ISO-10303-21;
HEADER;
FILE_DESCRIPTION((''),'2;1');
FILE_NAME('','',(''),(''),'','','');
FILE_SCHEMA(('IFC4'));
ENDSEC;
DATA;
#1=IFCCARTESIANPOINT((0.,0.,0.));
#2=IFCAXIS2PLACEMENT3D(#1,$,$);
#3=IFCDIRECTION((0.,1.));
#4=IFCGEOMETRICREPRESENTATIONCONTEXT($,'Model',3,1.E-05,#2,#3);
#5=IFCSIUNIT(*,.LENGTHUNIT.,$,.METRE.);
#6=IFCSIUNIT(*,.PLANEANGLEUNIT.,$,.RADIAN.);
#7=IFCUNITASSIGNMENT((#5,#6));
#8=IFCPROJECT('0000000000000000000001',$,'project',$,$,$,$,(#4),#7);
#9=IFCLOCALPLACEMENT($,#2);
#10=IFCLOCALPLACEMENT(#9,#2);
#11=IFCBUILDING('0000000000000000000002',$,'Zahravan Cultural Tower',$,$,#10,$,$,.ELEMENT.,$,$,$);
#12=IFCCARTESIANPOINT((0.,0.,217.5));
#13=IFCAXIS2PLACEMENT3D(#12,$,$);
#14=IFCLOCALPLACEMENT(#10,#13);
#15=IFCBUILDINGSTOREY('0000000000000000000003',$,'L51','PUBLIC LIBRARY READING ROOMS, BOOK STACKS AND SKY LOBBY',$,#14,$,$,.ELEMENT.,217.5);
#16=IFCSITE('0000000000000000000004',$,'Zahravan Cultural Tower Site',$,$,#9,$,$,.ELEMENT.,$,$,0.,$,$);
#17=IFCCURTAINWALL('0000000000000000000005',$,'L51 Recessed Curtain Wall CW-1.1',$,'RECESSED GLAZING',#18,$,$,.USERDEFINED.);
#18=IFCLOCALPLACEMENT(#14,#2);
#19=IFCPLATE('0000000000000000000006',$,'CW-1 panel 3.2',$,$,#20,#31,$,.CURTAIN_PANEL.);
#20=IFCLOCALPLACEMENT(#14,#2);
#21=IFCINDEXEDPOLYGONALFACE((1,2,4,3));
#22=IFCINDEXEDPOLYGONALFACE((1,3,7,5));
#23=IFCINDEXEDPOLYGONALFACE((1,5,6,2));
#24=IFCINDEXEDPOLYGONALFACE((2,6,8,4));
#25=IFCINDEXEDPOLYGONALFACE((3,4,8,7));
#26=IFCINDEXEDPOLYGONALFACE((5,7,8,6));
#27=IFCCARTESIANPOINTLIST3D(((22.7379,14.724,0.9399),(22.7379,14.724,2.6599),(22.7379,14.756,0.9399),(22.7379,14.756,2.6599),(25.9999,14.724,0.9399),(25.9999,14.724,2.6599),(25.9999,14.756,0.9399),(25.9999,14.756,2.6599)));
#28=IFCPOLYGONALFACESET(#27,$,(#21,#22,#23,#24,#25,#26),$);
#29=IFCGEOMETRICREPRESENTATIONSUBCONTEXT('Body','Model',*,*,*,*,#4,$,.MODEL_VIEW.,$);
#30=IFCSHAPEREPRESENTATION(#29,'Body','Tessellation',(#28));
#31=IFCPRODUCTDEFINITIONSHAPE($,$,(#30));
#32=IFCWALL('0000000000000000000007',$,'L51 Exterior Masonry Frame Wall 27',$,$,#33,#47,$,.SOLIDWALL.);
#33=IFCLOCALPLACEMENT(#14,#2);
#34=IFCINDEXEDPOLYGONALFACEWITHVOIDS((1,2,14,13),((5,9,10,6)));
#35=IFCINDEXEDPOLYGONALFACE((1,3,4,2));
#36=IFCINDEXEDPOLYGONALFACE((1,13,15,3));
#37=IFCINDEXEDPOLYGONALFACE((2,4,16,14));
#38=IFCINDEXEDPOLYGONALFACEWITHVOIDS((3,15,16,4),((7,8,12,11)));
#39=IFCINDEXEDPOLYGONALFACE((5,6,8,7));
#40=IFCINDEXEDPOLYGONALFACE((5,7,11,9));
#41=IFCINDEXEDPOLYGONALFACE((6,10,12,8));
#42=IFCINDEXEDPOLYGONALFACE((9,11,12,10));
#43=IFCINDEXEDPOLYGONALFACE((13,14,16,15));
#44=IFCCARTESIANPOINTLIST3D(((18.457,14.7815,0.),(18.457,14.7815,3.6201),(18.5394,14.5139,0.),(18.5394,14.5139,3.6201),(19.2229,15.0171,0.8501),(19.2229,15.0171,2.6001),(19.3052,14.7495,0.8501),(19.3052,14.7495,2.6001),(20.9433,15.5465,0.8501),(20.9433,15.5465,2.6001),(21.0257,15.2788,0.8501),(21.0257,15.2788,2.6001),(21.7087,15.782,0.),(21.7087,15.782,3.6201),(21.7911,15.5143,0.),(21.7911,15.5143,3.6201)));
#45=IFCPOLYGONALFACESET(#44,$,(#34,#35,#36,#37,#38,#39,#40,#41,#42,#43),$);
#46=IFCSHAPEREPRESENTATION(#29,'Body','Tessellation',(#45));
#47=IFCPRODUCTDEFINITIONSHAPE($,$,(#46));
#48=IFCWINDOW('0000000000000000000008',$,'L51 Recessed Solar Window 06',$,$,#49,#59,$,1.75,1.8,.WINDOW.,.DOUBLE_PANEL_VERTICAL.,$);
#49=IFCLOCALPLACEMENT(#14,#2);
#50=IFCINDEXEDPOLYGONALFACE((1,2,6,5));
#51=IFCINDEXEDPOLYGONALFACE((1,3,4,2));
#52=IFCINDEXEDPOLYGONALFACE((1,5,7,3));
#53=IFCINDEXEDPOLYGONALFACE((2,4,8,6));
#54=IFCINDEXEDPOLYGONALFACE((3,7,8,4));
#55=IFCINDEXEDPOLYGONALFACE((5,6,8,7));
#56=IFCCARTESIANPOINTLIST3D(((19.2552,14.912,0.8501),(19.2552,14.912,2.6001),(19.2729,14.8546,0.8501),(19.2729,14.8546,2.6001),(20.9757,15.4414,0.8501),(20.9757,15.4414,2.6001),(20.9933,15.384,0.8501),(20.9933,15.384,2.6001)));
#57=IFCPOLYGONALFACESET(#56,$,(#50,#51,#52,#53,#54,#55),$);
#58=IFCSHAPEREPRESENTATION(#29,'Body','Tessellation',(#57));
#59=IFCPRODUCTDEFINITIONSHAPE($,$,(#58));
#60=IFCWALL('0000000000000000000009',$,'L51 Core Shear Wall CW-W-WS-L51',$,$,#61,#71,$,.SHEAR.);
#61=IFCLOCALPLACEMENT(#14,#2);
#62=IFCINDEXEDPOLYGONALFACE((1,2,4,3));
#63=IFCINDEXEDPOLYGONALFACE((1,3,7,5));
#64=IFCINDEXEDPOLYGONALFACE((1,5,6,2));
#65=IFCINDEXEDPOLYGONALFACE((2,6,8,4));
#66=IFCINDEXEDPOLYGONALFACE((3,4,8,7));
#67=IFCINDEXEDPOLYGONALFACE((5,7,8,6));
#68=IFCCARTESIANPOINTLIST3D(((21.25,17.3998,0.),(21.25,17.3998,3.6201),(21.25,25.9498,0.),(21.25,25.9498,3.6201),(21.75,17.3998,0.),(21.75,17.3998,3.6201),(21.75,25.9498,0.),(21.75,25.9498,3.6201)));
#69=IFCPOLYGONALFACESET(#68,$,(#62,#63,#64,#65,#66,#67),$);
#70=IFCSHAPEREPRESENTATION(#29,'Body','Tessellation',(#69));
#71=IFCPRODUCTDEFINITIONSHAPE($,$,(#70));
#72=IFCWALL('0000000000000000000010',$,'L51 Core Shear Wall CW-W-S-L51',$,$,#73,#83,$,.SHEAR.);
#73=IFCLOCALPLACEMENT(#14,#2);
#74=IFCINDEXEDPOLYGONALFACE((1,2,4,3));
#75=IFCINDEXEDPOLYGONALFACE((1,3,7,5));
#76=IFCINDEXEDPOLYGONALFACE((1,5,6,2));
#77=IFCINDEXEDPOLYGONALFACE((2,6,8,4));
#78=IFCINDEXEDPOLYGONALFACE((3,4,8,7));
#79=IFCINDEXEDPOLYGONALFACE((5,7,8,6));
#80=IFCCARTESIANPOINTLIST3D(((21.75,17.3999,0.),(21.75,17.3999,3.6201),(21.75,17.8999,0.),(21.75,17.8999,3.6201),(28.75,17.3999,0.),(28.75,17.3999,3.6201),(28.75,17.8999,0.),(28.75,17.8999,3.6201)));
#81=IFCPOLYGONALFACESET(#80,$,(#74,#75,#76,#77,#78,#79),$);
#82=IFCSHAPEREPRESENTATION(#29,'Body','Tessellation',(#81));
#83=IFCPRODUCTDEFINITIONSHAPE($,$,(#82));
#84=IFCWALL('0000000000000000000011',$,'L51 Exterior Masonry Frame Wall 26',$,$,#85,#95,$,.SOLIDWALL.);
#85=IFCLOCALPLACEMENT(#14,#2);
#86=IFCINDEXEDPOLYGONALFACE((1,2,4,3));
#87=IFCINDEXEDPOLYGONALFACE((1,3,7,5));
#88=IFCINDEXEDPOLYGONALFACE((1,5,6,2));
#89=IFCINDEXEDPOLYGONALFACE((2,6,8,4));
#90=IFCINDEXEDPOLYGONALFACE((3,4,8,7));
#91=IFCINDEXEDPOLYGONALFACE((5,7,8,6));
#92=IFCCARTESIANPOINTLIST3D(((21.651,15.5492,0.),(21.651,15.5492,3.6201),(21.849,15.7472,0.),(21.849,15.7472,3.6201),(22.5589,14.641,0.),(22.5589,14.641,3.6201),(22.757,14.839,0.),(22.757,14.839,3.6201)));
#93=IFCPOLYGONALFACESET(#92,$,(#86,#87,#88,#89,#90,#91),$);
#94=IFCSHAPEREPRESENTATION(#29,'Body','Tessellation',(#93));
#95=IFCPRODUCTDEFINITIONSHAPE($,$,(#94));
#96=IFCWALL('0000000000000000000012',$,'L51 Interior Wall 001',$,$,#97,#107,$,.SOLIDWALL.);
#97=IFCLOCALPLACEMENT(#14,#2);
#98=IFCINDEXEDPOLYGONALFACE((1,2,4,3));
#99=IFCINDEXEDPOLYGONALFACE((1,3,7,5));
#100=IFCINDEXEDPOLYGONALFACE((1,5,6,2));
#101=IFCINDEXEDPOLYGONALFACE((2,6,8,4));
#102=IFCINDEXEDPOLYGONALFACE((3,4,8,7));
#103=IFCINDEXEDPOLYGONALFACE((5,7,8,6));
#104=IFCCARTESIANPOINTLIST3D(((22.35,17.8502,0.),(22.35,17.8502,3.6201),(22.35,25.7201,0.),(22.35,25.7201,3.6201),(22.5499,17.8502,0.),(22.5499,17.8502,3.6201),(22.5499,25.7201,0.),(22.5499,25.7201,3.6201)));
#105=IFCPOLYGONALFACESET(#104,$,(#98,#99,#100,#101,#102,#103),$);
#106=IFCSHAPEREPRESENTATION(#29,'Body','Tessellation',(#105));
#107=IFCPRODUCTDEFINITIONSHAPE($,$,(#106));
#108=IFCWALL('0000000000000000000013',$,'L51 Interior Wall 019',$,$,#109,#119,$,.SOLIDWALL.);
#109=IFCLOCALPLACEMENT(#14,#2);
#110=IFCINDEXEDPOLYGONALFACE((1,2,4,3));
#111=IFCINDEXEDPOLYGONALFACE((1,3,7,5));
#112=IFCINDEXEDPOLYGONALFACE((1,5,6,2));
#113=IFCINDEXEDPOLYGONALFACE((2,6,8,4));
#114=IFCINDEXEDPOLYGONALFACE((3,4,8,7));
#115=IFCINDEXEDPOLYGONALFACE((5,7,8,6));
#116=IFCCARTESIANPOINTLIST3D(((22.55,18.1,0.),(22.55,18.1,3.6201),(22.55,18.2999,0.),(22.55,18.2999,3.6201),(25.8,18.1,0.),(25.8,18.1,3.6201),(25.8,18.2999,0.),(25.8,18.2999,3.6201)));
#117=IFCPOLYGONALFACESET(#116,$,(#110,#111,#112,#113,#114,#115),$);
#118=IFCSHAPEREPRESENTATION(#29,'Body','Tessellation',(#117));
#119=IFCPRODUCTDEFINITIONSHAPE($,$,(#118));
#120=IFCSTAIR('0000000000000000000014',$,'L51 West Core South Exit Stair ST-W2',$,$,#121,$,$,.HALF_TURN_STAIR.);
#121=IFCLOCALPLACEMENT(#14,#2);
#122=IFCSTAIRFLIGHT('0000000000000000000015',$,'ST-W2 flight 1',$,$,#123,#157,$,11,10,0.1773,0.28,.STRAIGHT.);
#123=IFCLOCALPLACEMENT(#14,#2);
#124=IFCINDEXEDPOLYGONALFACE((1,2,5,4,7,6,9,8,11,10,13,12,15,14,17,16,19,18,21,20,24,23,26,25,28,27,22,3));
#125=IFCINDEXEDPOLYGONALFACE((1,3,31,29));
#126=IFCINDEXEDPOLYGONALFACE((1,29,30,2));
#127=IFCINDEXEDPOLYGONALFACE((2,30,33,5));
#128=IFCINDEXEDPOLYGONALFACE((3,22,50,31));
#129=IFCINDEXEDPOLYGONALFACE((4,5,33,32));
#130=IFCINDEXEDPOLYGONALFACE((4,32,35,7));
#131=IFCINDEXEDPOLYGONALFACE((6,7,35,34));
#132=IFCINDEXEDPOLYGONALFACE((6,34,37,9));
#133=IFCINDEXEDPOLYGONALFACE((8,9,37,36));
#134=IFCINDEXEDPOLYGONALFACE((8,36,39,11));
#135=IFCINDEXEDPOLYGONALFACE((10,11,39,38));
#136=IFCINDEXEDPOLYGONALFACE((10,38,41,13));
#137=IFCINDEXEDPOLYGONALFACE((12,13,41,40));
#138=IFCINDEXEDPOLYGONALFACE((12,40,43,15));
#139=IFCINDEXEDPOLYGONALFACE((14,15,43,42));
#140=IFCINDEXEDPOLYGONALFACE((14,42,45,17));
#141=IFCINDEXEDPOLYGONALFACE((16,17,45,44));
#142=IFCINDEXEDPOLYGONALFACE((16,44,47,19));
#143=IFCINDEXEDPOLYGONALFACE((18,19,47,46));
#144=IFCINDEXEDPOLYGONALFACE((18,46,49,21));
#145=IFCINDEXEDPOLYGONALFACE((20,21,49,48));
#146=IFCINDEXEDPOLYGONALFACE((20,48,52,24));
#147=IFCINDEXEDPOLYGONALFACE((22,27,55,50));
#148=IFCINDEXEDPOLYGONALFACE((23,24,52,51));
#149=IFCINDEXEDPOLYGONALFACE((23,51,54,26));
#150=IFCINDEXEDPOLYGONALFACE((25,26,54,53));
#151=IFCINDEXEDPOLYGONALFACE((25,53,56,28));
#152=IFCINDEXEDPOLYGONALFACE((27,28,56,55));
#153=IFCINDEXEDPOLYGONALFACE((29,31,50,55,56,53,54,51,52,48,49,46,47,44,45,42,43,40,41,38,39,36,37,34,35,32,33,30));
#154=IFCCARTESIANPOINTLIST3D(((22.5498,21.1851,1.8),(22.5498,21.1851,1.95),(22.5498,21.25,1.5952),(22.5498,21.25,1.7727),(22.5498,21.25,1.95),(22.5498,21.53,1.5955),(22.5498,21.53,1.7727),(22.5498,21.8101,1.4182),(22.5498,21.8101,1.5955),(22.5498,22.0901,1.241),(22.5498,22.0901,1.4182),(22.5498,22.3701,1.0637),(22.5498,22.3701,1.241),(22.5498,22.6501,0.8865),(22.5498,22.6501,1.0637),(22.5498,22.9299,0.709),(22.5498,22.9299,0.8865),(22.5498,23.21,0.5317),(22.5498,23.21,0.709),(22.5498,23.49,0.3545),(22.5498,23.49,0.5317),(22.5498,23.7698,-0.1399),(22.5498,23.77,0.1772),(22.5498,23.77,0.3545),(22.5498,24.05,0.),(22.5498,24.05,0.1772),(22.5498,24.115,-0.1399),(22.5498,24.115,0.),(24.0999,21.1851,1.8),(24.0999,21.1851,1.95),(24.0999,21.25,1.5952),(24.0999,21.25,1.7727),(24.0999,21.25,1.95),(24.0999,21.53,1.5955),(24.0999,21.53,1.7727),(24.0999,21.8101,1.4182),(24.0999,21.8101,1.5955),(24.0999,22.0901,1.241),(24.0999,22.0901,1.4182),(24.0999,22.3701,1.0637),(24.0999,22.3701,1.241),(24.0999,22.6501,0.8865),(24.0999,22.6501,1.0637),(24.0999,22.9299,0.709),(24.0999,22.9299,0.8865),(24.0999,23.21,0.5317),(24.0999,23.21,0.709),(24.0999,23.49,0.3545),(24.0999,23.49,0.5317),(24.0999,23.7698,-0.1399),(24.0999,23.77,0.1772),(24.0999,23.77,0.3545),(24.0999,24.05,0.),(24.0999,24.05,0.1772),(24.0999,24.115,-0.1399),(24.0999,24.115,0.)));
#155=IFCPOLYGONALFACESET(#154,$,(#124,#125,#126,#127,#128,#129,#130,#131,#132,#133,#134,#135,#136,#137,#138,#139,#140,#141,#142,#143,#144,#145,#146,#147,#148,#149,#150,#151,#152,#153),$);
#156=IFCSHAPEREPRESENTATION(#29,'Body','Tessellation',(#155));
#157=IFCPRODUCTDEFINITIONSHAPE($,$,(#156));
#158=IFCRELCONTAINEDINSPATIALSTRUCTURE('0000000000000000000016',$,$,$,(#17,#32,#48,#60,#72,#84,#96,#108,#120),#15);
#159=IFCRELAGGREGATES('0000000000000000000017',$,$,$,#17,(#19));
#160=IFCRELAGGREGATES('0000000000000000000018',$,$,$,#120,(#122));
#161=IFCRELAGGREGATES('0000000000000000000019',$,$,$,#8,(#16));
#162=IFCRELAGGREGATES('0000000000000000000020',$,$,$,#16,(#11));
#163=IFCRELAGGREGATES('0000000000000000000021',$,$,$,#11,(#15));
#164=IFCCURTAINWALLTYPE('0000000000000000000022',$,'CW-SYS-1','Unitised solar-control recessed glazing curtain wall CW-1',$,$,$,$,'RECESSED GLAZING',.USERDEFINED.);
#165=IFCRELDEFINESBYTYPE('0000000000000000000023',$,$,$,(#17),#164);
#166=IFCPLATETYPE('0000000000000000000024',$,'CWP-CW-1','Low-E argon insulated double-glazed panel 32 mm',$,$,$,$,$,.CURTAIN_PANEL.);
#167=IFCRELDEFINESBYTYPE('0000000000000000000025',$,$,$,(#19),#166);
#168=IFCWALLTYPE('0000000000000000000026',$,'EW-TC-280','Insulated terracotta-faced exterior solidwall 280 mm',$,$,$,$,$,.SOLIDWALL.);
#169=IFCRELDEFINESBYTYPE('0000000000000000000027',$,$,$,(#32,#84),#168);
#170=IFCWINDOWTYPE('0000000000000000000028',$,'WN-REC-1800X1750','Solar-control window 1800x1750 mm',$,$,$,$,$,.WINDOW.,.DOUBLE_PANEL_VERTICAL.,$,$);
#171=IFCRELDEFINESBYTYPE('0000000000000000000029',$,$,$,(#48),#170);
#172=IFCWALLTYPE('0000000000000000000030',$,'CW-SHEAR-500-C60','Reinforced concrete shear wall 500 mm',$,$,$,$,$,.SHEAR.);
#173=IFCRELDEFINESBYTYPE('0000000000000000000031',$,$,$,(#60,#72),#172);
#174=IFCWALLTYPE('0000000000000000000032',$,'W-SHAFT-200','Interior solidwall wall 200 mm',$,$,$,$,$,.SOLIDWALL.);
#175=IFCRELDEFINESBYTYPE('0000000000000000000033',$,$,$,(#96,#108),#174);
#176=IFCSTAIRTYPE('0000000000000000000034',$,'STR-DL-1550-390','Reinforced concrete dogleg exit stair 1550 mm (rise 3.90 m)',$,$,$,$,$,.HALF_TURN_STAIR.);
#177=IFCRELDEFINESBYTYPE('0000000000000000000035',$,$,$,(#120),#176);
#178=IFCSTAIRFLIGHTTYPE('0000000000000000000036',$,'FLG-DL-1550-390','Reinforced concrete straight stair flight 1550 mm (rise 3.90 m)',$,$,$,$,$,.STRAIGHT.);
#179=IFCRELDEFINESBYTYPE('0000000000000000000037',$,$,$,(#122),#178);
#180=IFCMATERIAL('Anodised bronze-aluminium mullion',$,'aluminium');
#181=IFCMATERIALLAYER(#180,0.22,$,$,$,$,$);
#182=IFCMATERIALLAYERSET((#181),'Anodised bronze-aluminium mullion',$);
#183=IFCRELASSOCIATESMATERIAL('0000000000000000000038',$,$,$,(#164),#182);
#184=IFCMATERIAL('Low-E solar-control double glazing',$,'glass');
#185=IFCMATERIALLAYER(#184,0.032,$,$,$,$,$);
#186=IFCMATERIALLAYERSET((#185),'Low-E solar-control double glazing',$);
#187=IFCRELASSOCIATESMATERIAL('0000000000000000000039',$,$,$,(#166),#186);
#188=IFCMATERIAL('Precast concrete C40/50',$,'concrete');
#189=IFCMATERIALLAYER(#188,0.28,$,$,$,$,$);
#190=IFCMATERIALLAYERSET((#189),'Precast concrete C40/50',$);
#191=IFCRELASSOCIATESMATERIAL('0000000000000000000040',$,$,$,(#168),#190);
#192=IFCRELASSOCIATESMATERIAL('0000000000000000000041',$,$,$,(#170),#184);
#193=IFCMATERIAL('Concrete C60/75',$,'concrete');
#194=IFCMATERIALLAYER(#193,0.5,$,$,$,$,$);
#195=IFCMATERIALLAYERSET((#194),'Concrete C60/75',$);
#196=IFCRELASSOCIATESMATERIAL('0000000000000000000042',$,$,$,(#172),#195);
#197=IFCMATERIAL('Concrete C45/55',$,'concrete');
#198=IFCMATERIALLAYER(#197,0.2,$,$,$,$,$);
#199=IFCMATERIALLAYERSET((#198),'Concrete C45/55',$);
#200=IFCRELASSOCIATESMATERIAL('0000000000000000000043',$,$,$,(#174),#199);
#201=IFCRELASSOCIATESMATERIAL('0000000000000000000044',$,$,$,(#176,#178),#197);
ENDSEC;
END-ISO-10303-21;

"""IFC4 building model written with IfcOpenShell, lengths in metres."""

from ifc_helpers import new_model, si_unit, direction, frame, frame_2d, origin, origin_2d, place, context, subcontext, project, spatial, polyline, rectangle, outline, extrude, source, transform, mapped, material, layer, layer_set, type_object, element, fill, aggregate, save


model = new_model("IFC4")

# Units and contexts
model_context = context("Model", 3, precision=1e-05, world=origin(), true_north=direction((0.0, 1.0)))
body_context = subcontext(model_context, "Body", "Model", "MODEL_VIEW")
ifc_project = project(units=[si_unit("LENGTHUNIT", "METRE"), si_unit("PLANEANGLEUNIT", "RADIAN")], contexts=[model_context])

# Site, building, storey
site_placement = place(None, origin())
site = spatial("IfcSite", under=ifc_project, at=site_placement, Name="Zahravan Cultural Tower Site", CompositionType="ELEMENT", RefElevation=0.0)
building_placement = place(site_placement, origin())
building = spatial("IfcBuilding", under=site, at=building_placement, Name="Zahravan Cultural Tower", CompositionType="ELEMENT")
storey_placement = place(building_placement, frame((0.0, 0.0, 217.5)))
storey = spatial("IfcBuildingStorey", under=building, at=storey_placement, Name="L51", Description="PUBLIC LIBRARY READING ROOMS, BOOK STACKS AND SKY LOBBY", CompositionType="ELEMENT", Elevation=217.5)

# Curtain wall, plate
ifc_material_1 = material(Name="Anodised bronze-aluminium mullion", Category="aluminium")
ifc_layer_1 = layer(ifc_material_1, 0.22)
ifc_layer_set_1 = layer_set([ifc_layer_1], Name="Anodised bronze-aluminium mullion")
curtain_wall_type = type_object("IfcCurtainWallType", Name="CW-SYS-1", Description="Unitised solar-control recessed glazing curtain wall CW-1", ElementType="RECESSED GLAZING", PredefinedType="USERDEFINED", material=ifc_layer_set_1)
curtain_wall_placement = place(storey_placement, origin())
curtain_wall = element("IfcCurtainWall", 1, at=curtain_wall_placement, inside=storey, type_object=curtain_wall_type, Name="L51 Recessed Curtain Wall CW-1.1", ObjectType="RECESSED GLAZING", PredefinedType="USERDEFINED")
ifc_material_2 = material(Name="Low-E solar-control double glazing", Category="glass")
ifc_layer_2 = layer(ifc_material_2, 0.032)
ifc_layer_set_2 = layer_set([ifc_layer_2], Name="Low-E solar-control double glazing")
plate_type = type_object("IfcPlateType", Name="CWP-CW-1", Description="Low-E argon insulated double-glazed panel 32 mm", PredefinedType="CURTAIN_PANEL", material=ifc_layer_set_2)
shared_shape_1 = source(origin(), body_context, "Body", "SweptSolid", [
    extrude(rectangle(XDim=3.262, YDim=0.032, at=origin_2d()), origin(), (0.0, 0.0, 1.0), 1.72),
])
plate_1_placement = place(storey_placement, frame((24.3689, 14.74, 0.9399), z_axis=(0.0, 0.0, 1.0), x_axis=(-1.0, 0.0, 0.0)))
plate_1 = element("IfcPlate", 2, at=plate_1_placement, type_object=plate_type, Name="CW-1 panel 3.2", PredefinedType="CURTAIN_PANEL", context=body_context, shape_type="MappedRepresentation", body=[
    mapped(shared_shape_1, transform((0.0, 0.0, 0.0), x_axis=(1.0, 0.0, 0.0), y_axis=(0.0, 1.0, 0.0), z_axis=(0.0, 0.0, 1.0), scale=1.0)),
])
aggregate(curtain_wall, [plate_1])

# Wall, opening, window
ifc_material_3 = material(Name="Precast concrete C40/50", Category="concrete")
ifc_layer_3 = layer(ifc_material_3, 0.28)
ifc_layer_set_3 = layer_set([ifc_layer_3], Name="Precast concrete C40/50")
wall_type_1 = type_object("IfcWallType", Name="EW-TC-280", Description="Insulated terracotta-faced exterior solidwall 280 mm", PredefinedType="SOLIDWALL", material=ifc_layer_set_3)
wall_1_placement = place(storey_placement, frame((21.75, 15.6482, 0.0), z_axis=(0.0, 0.0, 1.0), x_axis=(-0.955782, -0.294076, 0.0)))
wall_1 = element("IfcWall", 3, at=wall_1_placement, inside=storey, type_object=wall_type_1, Name="L51 Exterior Masonry Frame Wall 27", PredefinedType="SOLIDWALL", context=body_context, shape_type="SweptSolid", body=[
    extrude(rectangle(XDim=3.4021, YDim=0.28, at=frame_2d((1.7012, 0.0))), origin(), (0.0, 0.0, 1.0), 3.6201),
])
opening_placement = place(wall_1_placement, frame((0.801, 0.0, 0.8501)))
opening = element("IfcOpeningElement", 4, at=opening_placement, cuts=wall_1, PredefinedType="OPENING", context=body_context, shape_type="SweptSolid", body=[
    extrude(rectangle(XDim=1.8, YDim=1.75, at=frame_2d((0.8999, 0.875))), frame((0.0, 0.1499, 0.0), z_axis=(0.0, -1.0, 0.0), x_axis=(1.0, 0.0, 0.0)), (0.0, 0.0, 1.0), 0.3),
])
window_type = type_object("IfcWindowType", Name="WN-REC-1800X1750", Description="Solar-control window 1800x1750 mm", PartitioningType="DOUBLE_PANEL_VERTICAL", PredefinedType="WINDOW", material=ifc_material_2)
shared_shape_2 = source(origin(), body_context, "Body", "SweptSolid", [
    extrude(rectangle(XDim=1.8, YDim=1.75, at=frame_2d((0.8999, 0.875))), frame((0.0, 0.03, 0.0), z_axis=(0.0, -1.0, 0.0), x_axis=(1.0, 0.0, 0.0)), (0.0, 0.0, 1.0), 0.0601),
])
window_placement = place(opening_placement, origin())
window = element("IfcWindow", 5, at=window_placement, inside=storey, type_object=window_type, Name="L51 Recessed Solar Window 06", OverallHeight=1.75, OverallWidth=1.8, PartitioningType="DOUBLE_PANEL_VERTICAL", PredefinedType="WINDOW", context=body_context, shape_type="MappedRepresentation", body=[
    mapped(shared_shape_2, transform((0.0, 0.0, 0.0), x_axis=(1.0, 0.0, 0.0), y_axis=(0.0, 1.0, 0.0), z_axis=(0.0, 0.0, 1.0), scale=1.0)),
])
fill(opening, window)

# Walls
ifc_material_4 = material(Name="Concrete C60/75", Category="concrete")
ifc_layer_4 = layer(ifc_material_4, 0.5)
ifc_layer_set_4 = layer_set([ifc_layer_4], Name="Concrete C60/75")
wall_type_2 = type_object("IfcWallType", Name="CW-SHEAR-500-C60", Description="Reinforced concrete shear wall 500 mm", PredefinedType="SHEAR", material=ifc_layer_set_4)
shared_shape_3 = source(origin(), body_context, "Body", "SweptSolid", [
    extrude(rectangle(XDim=8.55, YDim=0.5, at=frame_2d((4.2749, 0.0))), origin(), (0.0, 0.0, 1.0), 3.6201),
])
wall_2_placement = place(storey_placement, frame((21.5, 17.3999, 0.0), z_axis=(0.0, 0.0, 1.0), x_axis=(0.0, 1.0, 0.0)))
element("IfcWall", 6, at=wall_2_placement, inside=storey, type_object=wall_type_2, Name="L51 Core Shear Wall CW-W-WS-L51", PredefinedType="SHEAR", context=body_context, shape_type="MappedRepresentation", body=[
    mapped(shared_shape_3, transform((0.0, 0.0, 0.0), x_axis=(1.0, 0.0, 0.0), y_axis=(0.0, 1.0, 0.0), z_axis=(0.0, 0.0, 1.0), scale=1.0)),
])
shared_shape_4 = source(origin(), body_context, "Body", "SweptSolid", [
    extrude(rectangle(XDim=7.0, YDim=0.5, at=frame_2d((3.5, 0.0))), origin(), (0.0, 0.0, 1.0), 3.6201),
])
wall_3_placement = place(storey_placement, frame((21.75, 17.6499, 0.0), z_axis=(0.0, 0.0, 1.0), x_axis=(1.0, 0.0, 0.0)))
element("IfcWall", 7, at=wall_3_placement, inside=storey, type_object=wall_type_2, Name="L51 Core Shear Wall CW-W-S-L51", PredefinedType="SHEAR", context=body_context, shape_type="MappedRepresentation", body=[
    mapped(shared_shape_4, transform((0.0, 0.0, 0.0), x_axis=(1.0, 0.0, 0.0), y_axis=(0.0, 1.0, 0.0), z_axis=(0.0, 0.0, 1.0), scale=1.0)),
])
shared_shape_5 = source(origin(), body_context, "Body", "SweptSolid", [
    extrude(rectangle(XDim=1.2842, YDim=0.28, at=frame_2d((0.6421, 0.0))), origin(), (0.0, 0.0, 1.0), 3.6201),
])
wall_4_placement = place(storey_placement, frame((22.658, 14.74, 0.0), z_axis=(0.0, 0.0, 1.0), x_axis=(-0.707012, 0.707202, 0.0)))
element("IfcWall", 8, at=wall_4_placement, inside=storey, type_object=wall_type_1, Name="L51 Exterior Masonry Frame Wall 26", PredefinedType="SOLIDWALL", context=body_context, shape_type="MappedRepresentation", body=[
    mapped(shared_shape_5, transform((0.0, 0.0, 0.0), x_axis=(1.0, 0.0, 0.0), y_axis=(0.0, 1.0, 0.0), z_axis=(0.0, 0.0, 1.0), scale=1.0)),
])
ifc_material_5 = material(Name="Concrete C45/55", Category="concrete")
ifc_layer_5 = layer(ifc_material_5, 0.2)
ifc_layer_set_5 = layer_set([ifc_layer_5], Name="Concrete C45/55")
wall_type_3 = type_object("IfcWallType", Name="W-SHAFT-200", Description="Interior solidwall wall 200 mm", PredefinedType="SOLIDWALL", material=ifc_layer_set_5)
shared_shape_6 = source(origin(), body_context, "Body", "SweptSolid", [
    extrude(rectangle(XDim=7.8699, YDim=0.2, at=frame_2d((3.9351, 0.0))), origin(), (0.0, 0.0, 1.0), 3.6201),
])
wall_5_placement = place(storey_placement, frame((22.45, 17.8501, 0.0), z_axis=(0.0, 0.0, 1.0), x_axis=(0.0, 1.0, 0.0)))
element("IfcWall", 9, at=wall_5_placement, inside=storey, type_object=wall_type_3, Name="L51 Interior Wall 001", PredefinedType="SOLIDWALL", context=body_context, shape_type="MappedRepresentation", body=[
    mapped(shared_shape_6, transform((0.0, 0.0, 0.0), x_axis=(1.0, 0.0, 0.0), y_axis=(0.0, 1.0, 0.0), z_axis=(0.0, 0.0, 1.0), scale=1.0)),
])
shared_shape_7 = source(origin(), body_context, "Body", "SweptSolid", [
    extrude(rectangle(XDim=3.25, YDim=0.2, at=frame_2d((1.625, 0.0))), origin(), (0.0, 0.0, 1.0), 3.6201),
])
wall_6_placement = place(storey_placement, frame((22.55, 18.2, 0.0), z_axis=(0.0, 0.0, 1.0), x_axis=(1.0, 0.0, 0.0)))
element("IfcWall", 10, at=wall_6_placement, inside=storey, type_object=wall_type_3, Name="L51 Interior Wall 019", PredefinedType="SOLIDWALL", context=body_context, shape_type="MappedRepresentation", body=[
    mapped(shared_shape_7, transform((0.0, 0.0, 0.0), x_axis=(1.0, 0.0, 0.0), y_axis=(0.0, 1.0, 0.0), z_axis=(0.0, 0.0, 1.0), scale=1.0)),
])

# Stair, stair flight
stair_type = type_object("IfcStairType", Name="STR-DL-1550-390", Description="Reinforced concrete dogleg exit stair 1550 mm (rise 3.90 m)", PredefinedType="HALF_TURN_STAIR", material=ifc_material_5)
stair_placement = place(storey_placement, origin())
stair = element("IfcStair", 11, at=stair_placement, inside=storey, type_object=stair_type, Name="L51 West Core South Exit Stair ST-W2", PredefinedType="HALF_TURN_STAIR")
stair_flight_type = type_object("IfcStairFlightType", Name="FLG-DL-1550-390", Description="Reinforced concrete straight stair flight 1550 mm (rise 3.90 m)", PredefinedType="STRAIGHT", material=ifc_material_5)
stair_flight_placement = place(storey_placement, frame((23.325, 24.05, 0.0), z_axis=(0.0, 0.0, 1.0), x_axis=(0.0, -1.0, 0.0)))
stair_flight = element("IfcStairFlight", 12, at=stair_flight_placement, type_object=stair_flight_type, Name="ST-W2 flight 1", NumberOfRisers=11, NumberOfTreads=10, PredefinedType="STRAIGHT", RiserHeight=0.1773, TreadLength=0.28, context=body_context, shape_type="SweptSolid", body=[
    extrude(outline(polyline([(-0.0649, -0.1399), (-0.0649, 0.0), (0.0, 0.0), (0.0, 0.1772), (0.28, 0.1772), (0.28, 0.3545), (0.5601, 0.3545), (0.5601, 0.5317), (0.8401, 0.5317), (0.8401, 0.709), (1.1201, 0.709), (1.1201, 0.8865), (1.3999, 0.8865), (1.3999, 1.0637), (1.6799, 1.0637), (1.6799, 1.241), (1.96, 1.241), (1.96, 1.4182), (2.24, 1.4182), (2.24, 1.5955), (2.52, 1.5955), (2.52, 1.7727), (2.8, 1.7727), (2.8, 1.95), (2.865, 1.95), (2.865, 1.8), (2.8, 1.5952), (0.2803, -0.1399), (-0.0649, -0.1399)])), frame((0.0, 0.7749, 0.0), z_axis=(0.0, -1.0, 0.0), x_axis=(1.0, 0.0, 0.0)), (0.0, 0.0, 1.0), 1.55),
])
aggregate(stair, [stair_flight])

save(model, "model.ifc")
